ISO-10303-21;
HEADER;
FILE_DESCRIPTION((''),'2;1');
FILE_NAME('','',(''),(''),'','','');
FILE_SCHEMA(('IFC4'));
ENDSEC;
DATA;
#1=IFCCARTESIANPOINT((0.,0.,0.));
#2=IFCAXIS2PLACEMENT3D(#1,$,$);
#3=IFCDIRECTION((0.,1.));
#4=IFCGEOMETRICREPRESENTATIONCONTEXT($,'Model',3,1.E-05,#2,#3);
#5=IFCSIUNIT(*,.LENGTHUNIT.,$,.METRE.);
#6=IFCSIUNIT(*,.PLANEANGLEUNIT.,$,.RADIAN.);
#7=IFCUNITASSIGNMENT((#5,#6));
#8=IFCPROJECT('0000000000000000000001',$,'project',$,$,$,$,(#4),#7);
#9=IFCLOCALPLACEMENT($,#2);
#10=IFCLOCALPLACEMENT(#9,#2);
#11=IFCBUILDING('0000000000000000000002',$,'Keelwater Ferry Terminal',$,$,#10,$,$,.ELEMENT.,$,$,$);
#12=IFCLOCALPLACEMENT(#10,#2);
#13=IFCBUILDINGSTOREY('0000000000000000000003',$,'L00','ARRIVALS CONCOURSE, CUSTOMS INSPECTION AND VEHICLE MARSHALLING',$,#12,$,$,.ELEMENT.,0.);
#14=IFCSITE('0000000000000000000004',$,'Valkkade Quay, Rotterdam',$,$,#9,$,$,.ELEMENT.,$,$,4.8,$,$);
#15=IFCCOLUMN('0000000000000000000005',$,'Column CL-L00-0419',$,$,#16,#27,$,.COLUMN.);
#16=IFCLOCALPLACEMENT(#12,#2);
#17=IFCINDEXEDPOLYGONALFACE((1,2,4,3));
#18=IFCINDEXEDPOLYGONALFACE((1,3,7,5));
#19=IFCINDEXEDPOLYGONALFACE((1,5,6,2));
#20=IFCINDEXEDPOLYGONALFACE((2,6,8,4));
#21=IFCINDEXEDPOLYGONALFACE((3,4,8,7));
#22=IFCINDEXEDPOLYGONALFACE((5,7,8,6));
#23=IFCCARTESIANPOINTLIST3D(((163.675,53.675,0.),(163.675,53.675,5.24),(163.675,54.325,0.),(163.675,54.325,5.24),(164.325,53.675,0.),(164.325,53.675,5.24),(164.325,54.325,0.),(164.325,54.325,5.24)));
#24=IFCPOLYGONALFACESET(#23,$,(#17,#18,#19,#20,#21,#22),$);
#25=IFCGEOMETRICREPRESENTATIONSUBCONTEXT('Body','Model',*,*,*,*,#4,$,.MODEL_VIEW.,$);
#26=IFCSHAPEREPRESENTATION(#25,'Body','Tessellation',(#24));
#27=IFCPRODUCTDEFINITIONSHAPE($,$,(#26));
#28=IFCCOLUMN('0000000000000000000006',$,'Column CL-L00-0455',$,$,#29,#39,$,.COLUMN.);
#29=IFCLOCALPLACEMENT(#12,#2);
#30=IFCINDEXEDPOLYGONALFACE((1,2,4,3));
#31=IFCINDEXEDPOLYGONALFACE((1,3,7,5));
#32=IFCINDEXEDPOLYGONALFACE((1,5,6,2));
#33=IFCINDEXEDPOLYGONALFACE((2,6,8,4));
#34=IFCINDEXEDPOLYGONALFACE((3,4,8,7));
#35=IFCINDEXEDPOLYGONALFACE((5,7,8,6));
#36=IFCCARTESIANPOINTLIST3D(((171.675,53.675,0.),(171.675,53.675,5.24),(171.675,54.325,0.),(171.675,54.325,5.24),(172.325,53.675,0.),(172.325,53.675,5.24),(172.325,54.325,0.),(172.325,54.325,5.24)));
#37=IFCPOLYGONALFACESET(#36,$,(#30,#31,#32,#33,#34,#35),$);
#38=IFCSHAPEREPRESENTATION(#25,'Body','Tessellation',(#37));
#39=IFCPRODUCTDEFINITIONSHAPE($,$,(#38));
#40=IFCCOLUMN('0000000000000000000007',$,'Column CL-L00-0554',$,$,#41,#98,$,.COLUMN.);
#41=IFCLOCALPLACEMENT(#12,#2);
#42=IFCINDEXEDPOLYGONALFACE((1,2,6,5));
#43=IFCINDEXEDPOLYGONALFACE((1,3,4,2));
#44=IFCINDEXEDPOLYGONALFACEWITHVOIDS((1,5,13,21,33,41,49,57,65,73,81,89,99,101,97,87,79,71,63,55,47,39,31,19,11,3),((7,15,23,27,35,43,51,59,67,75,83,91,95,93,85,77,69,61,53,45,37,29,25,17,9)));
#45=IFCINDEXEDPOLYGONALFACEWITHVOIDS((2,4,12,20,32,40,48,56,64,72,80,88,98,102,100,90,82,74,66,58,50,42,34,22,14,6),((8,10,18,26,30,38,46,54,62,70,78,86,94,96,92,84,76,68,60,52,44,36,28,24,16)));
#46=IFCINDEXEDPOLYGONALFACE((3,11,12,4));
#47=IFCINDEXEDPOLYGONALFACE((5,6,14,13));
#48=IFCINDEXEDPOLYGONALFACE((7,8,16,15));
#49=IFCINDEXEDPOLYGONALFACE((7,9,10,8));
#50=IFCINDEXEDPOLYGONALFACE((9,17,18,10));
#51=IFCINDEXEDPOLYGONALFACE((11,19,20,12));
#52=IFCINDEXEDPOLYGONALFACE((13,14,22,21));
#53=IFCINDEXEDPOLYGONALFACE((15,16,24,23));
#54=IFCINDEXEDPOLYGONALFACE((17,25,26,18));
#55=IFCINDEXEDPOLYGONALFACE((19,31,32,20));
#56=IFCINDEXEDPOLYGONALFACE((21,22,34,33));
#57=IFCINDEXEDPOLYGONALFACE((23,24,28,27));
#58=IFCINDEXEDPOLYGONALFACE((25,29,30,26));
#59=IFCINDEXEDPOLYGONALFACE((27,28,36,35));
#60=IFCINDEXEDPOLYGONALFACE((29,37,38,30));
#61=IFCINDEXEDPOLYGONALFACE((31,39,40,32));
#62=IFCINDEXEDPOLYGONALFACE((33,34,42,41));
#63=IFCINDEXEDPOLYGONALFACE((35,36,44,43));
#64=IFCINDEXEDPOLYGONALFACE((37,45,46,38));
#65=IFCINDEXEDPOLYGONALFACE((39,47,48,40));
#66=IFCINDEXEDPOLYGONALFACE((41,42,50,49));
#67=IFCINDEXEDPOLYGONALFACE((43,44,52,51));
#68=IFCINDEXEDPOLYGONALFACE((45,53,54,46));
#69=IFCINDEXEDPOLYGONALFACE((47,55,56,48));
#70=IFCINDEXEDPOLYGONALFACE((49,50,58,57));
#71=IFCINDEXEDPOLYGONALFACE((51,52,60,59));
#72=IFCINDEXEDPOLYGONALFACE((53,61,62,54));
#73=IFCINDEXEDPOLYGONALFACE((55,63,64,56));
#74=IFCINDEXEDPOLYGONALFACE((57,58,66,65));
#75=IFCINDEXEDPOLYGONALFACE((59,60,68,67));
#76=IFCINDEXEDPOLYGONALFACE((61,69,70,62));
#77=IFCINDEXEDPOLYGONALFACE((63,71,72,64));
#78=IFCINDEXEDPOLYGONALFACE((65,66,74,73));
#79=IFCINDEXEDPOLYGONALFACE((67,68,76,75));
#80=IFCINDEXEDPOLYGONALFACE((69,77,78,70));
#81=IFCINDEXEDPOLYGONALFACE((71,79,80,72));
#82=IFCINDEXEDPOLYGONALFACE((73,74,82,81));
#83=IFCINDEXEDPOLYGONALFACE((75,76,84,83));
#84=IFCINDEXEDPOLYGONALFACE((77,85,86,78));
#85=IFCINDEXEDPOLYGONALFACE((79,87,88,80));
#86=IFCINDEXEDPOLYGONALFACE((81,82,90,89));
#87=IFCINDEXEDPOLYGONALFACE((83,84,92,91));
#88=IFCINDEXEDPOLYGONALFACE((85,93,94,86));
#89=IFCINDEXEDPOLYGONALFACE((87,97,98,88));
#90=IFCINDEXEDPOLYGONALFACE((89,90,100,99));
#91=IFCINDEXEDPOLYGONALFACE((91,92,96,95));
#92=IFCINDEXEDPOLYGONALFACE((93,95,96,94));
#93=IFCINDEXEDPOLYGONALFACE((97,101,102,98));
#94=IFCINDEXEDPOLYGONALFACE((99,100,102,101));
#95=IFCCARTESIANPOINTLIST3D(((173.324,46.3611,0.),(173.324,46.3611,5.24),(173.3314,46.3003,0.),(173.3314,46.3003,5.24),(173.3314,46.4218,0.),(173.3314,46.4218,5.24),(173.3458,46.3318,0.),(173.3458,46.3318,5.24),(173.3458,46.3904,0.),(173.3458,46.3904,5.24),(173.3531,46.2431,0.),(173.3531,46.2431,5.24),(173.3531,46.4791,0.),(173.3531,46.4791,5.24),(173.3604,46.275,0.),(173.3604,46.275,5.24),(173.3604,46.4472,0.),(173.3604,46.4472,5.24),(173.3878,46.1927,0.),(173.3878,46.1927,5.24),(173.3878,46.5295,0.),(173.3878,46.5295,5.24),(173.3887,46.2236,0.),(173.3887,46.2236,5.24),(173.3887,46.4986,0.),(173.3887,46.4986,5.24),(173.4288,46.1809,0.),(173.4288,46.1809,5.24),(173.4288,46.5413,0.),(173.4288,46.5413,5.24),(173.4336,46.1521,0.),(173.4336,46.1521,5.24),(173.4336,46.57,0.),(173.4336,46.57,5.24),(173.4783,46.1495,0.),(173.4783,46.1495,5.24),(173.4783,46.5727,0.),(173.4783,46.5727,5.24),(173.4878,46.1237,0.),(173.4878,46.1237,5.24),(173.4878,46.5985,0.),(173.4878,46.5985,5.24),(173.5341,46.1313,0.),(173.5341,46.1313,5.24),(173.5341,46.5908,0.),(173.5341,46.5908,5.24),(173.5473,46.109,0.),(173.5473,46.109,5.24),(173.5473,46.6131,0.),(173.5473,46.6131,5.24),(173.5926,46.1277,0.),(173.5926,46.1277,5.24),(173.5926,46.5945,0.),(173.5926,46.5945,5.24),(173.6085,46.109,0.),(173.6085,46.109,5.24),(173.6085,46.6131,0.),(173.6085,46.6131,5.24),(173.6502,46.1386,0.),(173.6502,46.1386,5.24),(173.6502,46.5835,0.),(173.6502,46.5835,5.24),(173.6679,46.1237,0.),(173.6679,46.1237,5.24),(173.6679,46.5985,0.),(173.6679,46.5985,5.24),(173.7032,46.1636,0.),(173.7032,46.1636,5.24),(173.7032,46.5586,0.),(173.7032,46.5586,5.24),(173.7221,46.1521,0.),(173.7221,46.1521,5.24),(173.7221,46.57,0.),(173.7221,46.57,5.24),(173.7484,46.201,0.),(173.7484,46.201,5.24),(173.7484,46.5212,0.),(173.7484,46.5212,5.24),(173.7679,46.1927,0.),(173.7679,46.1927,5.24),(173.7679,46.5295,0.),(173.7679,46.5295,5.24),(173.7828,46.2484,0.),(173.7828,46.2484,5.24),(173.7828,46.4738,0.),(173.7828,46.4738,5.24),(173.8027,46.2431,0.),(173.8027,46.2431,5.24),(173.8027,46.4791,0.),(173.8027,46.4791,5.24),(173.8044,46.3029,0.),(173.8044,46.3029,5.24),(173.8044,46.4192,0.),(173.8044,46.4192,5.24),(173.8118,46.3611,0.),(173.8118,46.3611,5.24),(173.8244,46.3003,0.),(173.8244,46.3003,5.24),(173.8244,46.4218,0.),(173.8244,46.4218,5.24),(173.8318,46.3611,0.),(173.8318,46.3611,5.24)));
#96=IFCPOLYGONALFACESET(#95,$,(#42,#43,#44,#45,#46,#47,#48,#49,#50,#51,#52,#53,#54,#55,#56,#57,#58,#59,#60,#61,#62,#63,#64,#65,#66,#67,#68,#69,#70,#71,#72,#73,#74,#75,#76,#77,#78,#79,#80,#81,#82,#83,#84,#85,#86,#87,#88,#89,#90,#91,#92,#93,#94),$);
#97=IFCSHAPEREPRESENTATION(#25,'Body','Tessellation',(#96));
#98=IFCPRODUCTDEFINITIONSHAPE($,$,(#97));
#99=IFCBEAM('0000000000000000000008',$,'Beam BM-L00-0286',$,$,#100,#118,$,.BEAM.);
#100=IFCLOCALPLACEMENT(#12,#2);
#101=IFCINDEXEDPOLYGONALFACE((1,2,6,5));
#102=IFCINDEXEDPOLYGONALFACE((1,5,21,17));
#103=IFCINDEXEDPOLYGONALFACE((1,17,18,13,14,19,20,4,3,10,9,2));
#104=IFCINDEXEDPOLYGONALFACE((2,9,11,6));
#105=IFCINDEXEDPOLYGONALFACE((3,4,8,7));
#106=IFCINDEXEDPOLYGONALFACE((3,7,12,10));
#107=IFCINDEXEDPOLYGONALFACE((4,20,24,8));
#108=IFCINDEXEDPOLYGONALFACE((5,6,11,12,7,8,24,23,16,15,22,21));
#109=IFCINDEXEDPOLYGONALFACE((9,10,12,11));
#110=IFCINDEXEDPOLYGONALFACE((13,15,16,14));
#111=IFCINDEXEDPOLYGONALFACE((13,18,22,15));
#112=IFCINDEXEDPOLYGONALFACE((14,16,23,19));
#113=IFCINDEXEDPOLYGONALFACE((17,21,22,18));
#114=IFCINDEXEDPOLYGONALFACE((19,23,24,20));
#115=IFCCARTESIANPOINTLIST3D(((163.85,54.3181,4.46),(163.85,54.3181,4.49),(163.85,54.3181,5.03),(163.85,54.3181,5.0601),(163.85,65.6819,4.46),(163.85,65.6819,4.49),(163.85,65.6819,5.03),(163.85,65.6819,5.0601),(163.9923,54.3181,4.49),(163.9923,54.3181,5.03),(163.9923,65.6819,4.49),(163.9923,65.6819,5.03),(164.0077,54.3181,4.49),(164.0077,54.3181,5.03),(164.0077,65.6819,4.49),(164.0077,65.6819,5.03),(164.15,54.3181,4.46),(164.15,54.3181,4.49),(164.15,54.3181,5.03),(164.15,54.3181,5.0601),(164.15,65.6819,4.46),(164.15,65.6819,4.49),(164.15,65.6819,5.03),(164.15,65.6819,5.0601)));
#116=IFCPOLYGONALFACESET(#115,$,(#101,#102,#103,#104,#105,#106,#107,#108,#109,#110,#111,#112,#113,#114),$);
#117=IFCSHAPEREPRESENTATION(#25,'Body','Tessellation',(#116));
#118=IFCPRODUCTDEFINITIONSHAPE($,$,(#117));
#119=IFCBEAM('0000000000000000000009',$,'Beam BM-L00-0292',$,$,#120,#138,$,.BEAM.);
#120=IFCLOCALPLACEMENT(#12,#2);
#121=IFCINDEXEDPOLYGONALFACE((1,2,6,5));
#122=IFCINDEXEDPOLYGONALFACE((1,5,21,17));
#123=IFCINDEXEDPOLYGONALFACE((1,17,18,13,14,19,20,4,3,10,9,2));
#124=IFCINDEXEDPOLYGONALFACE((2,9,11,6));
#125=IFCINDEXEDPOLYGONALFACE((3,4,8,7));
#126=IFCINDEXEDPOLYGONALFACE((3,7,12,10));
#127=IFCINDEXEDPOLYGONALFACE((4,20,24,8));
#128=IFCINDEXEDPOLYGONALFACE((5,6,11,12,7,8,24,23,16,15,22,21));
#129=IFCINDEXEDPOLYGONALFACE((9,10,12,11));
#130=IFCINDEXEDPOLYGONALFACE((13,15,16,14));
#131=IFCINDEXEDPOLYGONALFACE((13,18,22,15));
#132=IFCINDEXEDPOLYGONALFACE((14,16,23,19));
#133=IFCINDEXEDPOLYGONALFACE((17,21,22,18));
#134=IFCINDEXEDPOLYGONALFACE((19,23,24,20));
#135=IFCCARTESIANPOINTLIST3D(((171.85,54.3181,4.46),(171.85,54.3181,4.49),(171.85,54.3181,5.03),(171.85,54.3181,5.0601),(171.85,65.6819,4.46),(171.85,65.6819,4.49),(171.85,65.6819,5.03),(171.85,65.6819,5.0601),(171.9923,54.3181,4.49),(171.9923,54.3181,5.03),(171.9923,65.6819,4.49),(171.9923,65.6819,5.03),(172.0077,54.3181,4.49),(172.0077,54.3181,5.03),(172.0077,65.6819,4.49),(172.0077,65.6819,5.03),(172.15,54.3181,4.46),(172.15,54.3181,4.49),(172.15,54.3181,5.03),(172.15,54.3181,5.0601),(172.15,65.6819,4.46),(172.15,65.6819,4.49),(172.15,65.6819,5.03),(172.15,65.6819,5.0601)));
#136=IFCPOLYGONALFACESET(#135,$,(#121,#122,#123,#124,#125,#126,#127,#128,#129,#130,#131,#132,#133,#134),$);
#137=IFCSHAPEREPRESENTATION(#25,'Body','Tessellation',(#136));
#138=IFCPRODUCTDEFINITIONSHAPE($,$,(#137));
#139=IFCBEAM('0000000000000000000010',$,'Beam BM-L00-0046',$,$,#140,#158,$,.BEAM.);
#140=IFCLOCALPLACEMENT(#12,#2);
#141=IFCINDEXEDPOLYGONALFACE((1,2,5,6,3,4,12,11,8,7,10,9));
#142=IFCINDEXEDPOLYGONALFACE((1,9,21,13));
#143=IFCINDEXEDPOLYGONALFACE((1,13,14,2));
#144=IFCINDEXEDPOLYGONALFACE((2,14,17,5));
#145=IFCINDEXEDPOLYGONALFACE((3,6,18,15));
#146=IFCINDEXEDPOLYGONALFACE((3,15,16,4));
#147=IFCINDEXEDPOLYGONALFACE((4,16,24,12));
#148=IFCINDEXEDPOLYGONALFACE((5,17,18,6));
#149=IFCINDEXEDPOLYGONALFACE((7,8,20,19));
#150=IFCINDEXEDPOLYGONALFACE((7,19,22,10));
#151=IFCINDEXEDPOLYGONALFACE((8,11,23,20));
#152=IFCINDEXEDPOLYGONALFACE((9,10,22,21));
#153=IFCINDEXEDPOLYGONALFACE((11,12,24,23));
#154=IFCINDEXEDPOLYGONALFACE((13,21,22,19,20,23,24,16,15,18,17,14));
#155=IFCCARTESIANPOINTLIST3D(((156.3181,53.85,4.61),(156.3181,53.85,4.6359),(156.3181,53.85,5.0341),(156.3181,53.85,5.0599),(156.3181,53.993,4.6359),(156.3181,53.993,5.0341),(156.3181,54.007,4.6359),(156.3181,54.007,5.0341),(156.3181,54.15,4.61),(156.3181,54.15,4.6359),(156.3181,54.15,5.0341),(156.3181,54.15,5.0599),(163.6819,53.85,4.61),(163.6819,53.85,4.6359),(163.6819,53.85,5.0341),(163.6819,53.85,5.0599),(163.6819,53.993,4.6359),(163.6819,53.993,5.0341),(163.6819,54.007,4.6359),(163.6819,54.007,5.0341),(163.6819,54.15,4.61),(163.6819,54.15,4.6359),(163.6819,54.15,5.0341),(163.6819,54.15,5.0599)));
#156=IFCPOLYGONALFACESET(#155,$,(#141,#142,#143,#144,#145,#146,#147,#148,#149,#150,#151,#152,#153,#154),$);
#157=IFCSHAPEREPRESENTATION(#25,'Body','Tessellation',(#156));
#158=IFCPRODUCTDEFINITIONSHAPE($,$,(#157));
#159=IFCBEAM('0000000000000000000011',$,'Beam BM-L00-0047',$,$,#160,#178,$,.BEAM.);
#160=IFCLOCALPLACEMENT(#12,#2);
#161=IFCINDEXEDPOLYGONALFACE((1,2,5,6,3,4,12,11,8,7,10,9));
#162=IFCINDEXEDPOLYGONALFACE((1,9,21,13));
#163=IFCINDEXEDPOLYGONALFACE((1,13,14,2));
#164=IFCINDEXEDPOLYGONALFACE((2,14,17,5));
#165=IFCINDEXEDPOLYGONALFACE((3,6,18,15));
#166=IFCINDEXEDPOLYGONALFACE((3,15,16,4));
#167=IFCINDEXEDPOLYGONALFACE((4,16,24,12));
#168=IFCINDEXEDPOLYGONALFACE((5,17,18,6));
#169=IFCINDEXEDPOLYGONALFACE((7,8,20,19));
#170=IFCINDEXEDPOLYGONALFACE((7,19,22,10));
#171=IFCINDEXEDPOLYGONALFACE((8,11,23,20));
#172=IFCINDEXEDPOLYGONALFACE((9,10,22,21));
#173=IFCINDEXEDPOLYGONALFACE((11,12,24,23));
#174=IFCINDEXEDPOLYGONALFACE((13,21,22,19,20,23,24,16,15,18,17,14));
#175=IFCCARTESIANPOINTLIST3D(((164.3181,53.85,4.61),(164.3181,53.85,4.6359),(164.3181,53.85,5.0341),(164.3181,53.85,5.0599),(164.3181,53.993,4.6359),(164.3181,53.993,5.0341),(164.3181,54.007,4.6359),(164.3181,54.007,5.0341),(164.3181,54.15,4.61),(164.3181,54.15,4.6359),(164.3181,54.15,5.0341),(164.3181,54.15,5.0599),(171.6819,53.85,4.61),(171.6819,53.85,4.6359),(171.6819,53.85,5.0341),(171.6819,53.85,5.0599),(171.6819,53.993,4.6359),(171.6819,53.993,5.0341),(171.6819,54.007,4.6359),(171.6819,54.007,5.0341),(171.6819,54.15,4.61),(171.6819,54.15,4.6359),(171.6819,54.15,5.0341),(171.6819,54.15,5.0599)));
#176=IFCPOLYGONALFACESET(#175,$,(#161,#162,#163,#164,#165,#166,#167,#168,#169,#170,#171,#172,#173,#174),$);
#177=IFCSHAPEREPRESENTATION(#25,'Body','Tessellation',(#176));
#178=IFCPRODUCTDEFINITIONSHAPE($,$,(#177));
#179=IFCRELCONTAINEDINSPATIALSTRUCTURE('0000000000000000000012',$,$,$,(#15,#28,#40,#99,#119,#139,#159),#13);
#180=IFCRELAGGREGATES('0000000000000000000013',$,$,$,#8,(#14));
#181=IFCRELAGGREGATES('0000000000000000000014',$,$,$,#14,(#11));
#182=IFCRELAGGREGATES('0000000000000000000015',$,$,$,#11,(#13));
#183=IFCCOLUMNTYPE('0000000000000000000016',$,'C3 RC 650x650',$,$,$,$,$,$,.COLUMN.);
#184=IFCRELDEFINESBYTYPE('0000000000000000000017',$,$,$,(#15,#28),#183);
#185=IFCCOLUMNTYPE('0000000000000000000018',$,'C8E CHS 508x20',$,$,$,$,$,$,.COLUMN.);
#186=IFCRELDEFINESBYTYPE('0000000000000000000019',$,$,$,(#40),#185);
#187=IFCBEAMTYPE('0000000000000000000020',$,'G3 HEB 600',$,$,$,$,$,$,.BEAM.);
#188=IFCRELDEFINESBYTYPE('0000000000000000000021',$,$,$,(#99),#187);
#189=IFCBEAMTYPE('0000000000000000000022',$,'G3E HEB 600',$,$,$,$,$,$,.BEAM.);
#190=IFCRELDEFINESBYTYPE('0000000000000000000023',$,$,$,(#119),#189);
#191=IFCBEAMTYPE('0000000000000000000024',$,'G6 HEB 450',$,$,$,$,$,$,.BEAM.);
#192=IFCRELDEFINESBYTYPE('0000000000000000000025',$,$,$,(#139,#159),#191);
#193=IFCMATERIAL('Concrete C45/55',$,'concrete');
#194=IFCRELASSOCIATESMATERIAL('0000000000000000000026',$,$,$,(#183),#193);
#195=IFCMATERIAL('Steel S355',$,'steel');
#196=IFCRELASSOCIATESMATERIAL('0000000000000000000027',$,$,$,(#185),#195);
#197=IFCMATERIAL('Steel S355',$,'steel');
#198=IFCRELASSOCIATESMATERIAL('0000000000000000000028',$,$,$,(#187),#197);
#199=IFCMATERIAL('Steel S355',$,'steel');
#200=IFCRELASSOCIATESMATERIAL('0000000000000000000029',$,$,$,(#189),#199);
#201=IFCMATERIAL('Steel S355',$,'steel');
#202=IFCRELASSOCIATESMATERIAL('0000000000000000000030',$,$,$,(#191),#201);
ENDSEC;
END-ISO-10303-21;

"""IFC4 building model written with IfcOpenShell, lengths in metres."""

from ifc_helpers import new_model, si_unit, direction, frame, origin, origin_2d, place, context, subcontext, project, spatial, rectangle, hollow_circle, i_section, extrude, material, material_profile, profile_set, type_object, element, save


model = new_model("IFC4")

# Units and contexts
model_context = context("Model", 3, precision=1e-05, world=origin(), true_north=direction((0.0, 1.0)))
body_context = subcontext(model_context, "Body", "Model", "MODEL_VIEW")
ifc_project = project(units=[si_unit("LENGTHUNIT", "METRE"), si_unit("PLANEANGLEUNIT", "RADIAN")], contexts=[model_context])

# Site, building, storey
site_placement = place(None, origin())
site = spatial("IfcSite", under=ifc_project, at=site_placement, Name="Valkkade Quay, Rotterdam", CompositionType="ELEMENT", RefElevation=4.8)
building_placement = place(site_placement, origin())
building = spatial("IfcBuilding", under=site, at=building_placement, Name="Keelwater Ferry Terminal", CompositionType="ELEMENT")
storey_placement = place(building_placement, origin())
storey = spatial("IfcBuildingStorey", under=building, at=storey_placement, Name="L00", Description="ARRIVALS CONCOURSE, CUSTOMS INSPECTION AND VEHICLE MARSHALLING", CompositionType="ELEMENT", Elevation=0.0)

# Columns
ifc_material_1 = material(Name="Concrete C45/55", Category="concrete")
ifc_material_profile_1 = material_profile(ifc_material_1, rectangle(XDim=0.6499, YDim=0.6499, at=origin_2d()), Name="RC 650x650")
ifc_profile_set_1 = profile_set([ifc_material_profile_1], Name="Concrete C45/55")
column_type_1 = type_object("IfcColumnType", Name="C3 RC 650x650", PredefinedType="COLUMN", material=ifc_profile_set_1)
for number, where, z_axis, x_axis, name in (
    (1, (164.0, 54.0, 0.0), (0.0, 0.0, 1.0), (1.0, 0.0, 0.0), "Column CL-L00-0419"),
    (2, (172.0, 54.0, 0.0), (0.0, 0.0, 1.0), (1.0, 0.0, 0.0), "Column CL-L00-0455"),
):
    element("IfcColumn", number, at=place(storey_placement, frame(where, z_axis=z_axis, x_axis=x_axis)), inside=storey, type_object=column_type_1, Name=name, PredefinedType="COLUMN", context=body_context, shape_type="SweptSolid", body=[
        extrude(rectangle(XDim=0.6499, YDim=0.6499, at=origin_2d()), origin(), (0.0, 0.0, 1.0), 5.24),
    ])
ifc_material_2 = material(Name="Steel S355", Category="steel")
ifc_material_profile_2 = material_profile(ifc_material_2, hollow_circle(Radius=0.2539, WallThickness=0.02, at=origin_2d()), Name="CHS 508x20")
ifc_profile_set_2 = profile_set([ifc_material_profile_2], Name="Steel S355")
column_type_2 = type_object("IfcColumnType", Name="C8E CHS 508x20", PredefinedType="COLUMN", material=ifc_profile_set_2)
column_placement = place(storey_placement, frame((173.5779, 46.3611, 0.0), z_axis=(0.0, 0.0, 1.0), x_axis=(1.0, 0.0, 0.0)))
element("IfcColumn", 3, at=column_placement, inside=storey, type_object=column_type_2, Name="Column CL-L00-0554", PredefinedType="COLUMN", context=body_context, shape_type="SweptSolid", body=[
    extrude(hollow_circle(Radius=0.2539, WallThickness=0.02, at=origin_2d()), origin(), (0.0, 0.0, 1.0), 5.24),
])

# Beams
ifc_material_3 = material(Name="Steel S355", Category="steel")
ifc_material_profile_3 = material_profile(ifc_material_3, i_section(OverallWidth=0.3, OverallDepth=0.6001, WebThickness=0.0154, FlangeThickness=0.03, at=origin_2d()), Name="HEB 600")
ifc_profile_set_3 = profile_set([ifc_material_profile_3], Name="Steel S355")
beam_type_1 = type_object("IfcBeamType", Name="G3 HEB 600", PredefinedType="BEAM", material=ifc_profile_set_3)
beam_1_placement = place(storey_placement, frame((164.0, 54.3181, 4.76), z_axis=(0.0, 1.0, 0.0), x_axis=(-1.0, 0.0, 0.0)))
element("IfcBeam", 4, at=beam_1_placement, inside=storey, type_object=beam_type_1, Name="Beam BM-L00-0286", PredefinedType="BEAM", context=body_context, shape_type="SweptSolid", body=[
    extrude(i_section(OverallWidth=0.3, OverallDepth=0.6001, WebThickness=0.0154, FlangeThickness=0.03, at=origin_2d()), origin(), (0.0, 0.0, 1.0), 11.3638),
])
ifc_material_4 = material(Name="Steel S355", Category="steel")
ifc_material_profile_4 = material_profile(ifc_material_4, i_section(OverallWidth=0.3, OverallDepth=0.6001, WebThickness=0.0154, FlangeThickness=0.03, at=origin_2d()), Name="HEB 600")
ifc_profile_set_4 = profile_set([ifc_material_profile_4], Name="Steel S355")
beam_type_2 = type_object("IfcBeamType", Name="G3E HEB 600", PredefinedType="BEAM", material=ifc_profile_set_4)
beam_2_placement = place(storey_placement, frame((172.0, 54.3181, 4.76), z_axis=(0.0, 1.0, 0.0), x_axis=(-1.0, 0.0, 0.0)))
element("IfcBeam", 5, at=beam_2_placement, inside=storey, type_object=beam_type_2, Name="Beam BM-L00-0292", PredefinedType="BEAM", context=body_context, shape_type="SweptSolid", body=[
    extrude(i_section(OverallWidth=0.3, OverallDepth=0.6001, WebThickness=0.0154, FlangeThickness=0.03, at=origin_2d()), origin(), (0.0, 0.0, 1.0), 11.3638),
])
ifc_material_5 = material(Name="Steel S355", Category="steel")
ifc_material_profile_5 = material_profile(ifc_material_5, i_section(OverallWidth=0.3, OverallDepth=0.45, WebThickness=0.0139, FlangeThickness=0.0259, at=origin_2d()), Name="HEB 450")
ifc_profile_set_5 = profile_set([ifc_material_profile_5], Name="Steel S355")
beam_type_3 = type_object("IfcBeamType", Name="G6 HEB 450", PredefinedType="BEAM", material=ifc_profile_set_5)
for number, where, z_axis, x_axis, name in (
    (6, (156.3181, 54.0, 4.835), (1.0, 0.0, 0.0), (0.0, 1.0, 0.0), "Beam BM-L00-0046"),
    (7, (164.3181, 54.0, 4.835), (1.0, 0.0, 0.0), (0.0, 1.0, 0.0), "Beam BM-L00-0047"),
):
    element("IfcBeam", number, at=place(storey_placement, frame(where, z_axis=z_axis, x_axis=x_axis)), inside=storey, type_object=beam_type_3, Name=name, PredefinedType="BEAM", context=body_context, shape_type="SweptSolid", body=[
        extrude(i_section(OverallWidth=0.3, OverallDepth=0.45, WebThickness=0.0139, FlangeThickness=0.0259, at=origin_2d()), origin(), (0.0, 0.0, 1.0), 7.3638),
    ])

save(model, "model.ifc")
